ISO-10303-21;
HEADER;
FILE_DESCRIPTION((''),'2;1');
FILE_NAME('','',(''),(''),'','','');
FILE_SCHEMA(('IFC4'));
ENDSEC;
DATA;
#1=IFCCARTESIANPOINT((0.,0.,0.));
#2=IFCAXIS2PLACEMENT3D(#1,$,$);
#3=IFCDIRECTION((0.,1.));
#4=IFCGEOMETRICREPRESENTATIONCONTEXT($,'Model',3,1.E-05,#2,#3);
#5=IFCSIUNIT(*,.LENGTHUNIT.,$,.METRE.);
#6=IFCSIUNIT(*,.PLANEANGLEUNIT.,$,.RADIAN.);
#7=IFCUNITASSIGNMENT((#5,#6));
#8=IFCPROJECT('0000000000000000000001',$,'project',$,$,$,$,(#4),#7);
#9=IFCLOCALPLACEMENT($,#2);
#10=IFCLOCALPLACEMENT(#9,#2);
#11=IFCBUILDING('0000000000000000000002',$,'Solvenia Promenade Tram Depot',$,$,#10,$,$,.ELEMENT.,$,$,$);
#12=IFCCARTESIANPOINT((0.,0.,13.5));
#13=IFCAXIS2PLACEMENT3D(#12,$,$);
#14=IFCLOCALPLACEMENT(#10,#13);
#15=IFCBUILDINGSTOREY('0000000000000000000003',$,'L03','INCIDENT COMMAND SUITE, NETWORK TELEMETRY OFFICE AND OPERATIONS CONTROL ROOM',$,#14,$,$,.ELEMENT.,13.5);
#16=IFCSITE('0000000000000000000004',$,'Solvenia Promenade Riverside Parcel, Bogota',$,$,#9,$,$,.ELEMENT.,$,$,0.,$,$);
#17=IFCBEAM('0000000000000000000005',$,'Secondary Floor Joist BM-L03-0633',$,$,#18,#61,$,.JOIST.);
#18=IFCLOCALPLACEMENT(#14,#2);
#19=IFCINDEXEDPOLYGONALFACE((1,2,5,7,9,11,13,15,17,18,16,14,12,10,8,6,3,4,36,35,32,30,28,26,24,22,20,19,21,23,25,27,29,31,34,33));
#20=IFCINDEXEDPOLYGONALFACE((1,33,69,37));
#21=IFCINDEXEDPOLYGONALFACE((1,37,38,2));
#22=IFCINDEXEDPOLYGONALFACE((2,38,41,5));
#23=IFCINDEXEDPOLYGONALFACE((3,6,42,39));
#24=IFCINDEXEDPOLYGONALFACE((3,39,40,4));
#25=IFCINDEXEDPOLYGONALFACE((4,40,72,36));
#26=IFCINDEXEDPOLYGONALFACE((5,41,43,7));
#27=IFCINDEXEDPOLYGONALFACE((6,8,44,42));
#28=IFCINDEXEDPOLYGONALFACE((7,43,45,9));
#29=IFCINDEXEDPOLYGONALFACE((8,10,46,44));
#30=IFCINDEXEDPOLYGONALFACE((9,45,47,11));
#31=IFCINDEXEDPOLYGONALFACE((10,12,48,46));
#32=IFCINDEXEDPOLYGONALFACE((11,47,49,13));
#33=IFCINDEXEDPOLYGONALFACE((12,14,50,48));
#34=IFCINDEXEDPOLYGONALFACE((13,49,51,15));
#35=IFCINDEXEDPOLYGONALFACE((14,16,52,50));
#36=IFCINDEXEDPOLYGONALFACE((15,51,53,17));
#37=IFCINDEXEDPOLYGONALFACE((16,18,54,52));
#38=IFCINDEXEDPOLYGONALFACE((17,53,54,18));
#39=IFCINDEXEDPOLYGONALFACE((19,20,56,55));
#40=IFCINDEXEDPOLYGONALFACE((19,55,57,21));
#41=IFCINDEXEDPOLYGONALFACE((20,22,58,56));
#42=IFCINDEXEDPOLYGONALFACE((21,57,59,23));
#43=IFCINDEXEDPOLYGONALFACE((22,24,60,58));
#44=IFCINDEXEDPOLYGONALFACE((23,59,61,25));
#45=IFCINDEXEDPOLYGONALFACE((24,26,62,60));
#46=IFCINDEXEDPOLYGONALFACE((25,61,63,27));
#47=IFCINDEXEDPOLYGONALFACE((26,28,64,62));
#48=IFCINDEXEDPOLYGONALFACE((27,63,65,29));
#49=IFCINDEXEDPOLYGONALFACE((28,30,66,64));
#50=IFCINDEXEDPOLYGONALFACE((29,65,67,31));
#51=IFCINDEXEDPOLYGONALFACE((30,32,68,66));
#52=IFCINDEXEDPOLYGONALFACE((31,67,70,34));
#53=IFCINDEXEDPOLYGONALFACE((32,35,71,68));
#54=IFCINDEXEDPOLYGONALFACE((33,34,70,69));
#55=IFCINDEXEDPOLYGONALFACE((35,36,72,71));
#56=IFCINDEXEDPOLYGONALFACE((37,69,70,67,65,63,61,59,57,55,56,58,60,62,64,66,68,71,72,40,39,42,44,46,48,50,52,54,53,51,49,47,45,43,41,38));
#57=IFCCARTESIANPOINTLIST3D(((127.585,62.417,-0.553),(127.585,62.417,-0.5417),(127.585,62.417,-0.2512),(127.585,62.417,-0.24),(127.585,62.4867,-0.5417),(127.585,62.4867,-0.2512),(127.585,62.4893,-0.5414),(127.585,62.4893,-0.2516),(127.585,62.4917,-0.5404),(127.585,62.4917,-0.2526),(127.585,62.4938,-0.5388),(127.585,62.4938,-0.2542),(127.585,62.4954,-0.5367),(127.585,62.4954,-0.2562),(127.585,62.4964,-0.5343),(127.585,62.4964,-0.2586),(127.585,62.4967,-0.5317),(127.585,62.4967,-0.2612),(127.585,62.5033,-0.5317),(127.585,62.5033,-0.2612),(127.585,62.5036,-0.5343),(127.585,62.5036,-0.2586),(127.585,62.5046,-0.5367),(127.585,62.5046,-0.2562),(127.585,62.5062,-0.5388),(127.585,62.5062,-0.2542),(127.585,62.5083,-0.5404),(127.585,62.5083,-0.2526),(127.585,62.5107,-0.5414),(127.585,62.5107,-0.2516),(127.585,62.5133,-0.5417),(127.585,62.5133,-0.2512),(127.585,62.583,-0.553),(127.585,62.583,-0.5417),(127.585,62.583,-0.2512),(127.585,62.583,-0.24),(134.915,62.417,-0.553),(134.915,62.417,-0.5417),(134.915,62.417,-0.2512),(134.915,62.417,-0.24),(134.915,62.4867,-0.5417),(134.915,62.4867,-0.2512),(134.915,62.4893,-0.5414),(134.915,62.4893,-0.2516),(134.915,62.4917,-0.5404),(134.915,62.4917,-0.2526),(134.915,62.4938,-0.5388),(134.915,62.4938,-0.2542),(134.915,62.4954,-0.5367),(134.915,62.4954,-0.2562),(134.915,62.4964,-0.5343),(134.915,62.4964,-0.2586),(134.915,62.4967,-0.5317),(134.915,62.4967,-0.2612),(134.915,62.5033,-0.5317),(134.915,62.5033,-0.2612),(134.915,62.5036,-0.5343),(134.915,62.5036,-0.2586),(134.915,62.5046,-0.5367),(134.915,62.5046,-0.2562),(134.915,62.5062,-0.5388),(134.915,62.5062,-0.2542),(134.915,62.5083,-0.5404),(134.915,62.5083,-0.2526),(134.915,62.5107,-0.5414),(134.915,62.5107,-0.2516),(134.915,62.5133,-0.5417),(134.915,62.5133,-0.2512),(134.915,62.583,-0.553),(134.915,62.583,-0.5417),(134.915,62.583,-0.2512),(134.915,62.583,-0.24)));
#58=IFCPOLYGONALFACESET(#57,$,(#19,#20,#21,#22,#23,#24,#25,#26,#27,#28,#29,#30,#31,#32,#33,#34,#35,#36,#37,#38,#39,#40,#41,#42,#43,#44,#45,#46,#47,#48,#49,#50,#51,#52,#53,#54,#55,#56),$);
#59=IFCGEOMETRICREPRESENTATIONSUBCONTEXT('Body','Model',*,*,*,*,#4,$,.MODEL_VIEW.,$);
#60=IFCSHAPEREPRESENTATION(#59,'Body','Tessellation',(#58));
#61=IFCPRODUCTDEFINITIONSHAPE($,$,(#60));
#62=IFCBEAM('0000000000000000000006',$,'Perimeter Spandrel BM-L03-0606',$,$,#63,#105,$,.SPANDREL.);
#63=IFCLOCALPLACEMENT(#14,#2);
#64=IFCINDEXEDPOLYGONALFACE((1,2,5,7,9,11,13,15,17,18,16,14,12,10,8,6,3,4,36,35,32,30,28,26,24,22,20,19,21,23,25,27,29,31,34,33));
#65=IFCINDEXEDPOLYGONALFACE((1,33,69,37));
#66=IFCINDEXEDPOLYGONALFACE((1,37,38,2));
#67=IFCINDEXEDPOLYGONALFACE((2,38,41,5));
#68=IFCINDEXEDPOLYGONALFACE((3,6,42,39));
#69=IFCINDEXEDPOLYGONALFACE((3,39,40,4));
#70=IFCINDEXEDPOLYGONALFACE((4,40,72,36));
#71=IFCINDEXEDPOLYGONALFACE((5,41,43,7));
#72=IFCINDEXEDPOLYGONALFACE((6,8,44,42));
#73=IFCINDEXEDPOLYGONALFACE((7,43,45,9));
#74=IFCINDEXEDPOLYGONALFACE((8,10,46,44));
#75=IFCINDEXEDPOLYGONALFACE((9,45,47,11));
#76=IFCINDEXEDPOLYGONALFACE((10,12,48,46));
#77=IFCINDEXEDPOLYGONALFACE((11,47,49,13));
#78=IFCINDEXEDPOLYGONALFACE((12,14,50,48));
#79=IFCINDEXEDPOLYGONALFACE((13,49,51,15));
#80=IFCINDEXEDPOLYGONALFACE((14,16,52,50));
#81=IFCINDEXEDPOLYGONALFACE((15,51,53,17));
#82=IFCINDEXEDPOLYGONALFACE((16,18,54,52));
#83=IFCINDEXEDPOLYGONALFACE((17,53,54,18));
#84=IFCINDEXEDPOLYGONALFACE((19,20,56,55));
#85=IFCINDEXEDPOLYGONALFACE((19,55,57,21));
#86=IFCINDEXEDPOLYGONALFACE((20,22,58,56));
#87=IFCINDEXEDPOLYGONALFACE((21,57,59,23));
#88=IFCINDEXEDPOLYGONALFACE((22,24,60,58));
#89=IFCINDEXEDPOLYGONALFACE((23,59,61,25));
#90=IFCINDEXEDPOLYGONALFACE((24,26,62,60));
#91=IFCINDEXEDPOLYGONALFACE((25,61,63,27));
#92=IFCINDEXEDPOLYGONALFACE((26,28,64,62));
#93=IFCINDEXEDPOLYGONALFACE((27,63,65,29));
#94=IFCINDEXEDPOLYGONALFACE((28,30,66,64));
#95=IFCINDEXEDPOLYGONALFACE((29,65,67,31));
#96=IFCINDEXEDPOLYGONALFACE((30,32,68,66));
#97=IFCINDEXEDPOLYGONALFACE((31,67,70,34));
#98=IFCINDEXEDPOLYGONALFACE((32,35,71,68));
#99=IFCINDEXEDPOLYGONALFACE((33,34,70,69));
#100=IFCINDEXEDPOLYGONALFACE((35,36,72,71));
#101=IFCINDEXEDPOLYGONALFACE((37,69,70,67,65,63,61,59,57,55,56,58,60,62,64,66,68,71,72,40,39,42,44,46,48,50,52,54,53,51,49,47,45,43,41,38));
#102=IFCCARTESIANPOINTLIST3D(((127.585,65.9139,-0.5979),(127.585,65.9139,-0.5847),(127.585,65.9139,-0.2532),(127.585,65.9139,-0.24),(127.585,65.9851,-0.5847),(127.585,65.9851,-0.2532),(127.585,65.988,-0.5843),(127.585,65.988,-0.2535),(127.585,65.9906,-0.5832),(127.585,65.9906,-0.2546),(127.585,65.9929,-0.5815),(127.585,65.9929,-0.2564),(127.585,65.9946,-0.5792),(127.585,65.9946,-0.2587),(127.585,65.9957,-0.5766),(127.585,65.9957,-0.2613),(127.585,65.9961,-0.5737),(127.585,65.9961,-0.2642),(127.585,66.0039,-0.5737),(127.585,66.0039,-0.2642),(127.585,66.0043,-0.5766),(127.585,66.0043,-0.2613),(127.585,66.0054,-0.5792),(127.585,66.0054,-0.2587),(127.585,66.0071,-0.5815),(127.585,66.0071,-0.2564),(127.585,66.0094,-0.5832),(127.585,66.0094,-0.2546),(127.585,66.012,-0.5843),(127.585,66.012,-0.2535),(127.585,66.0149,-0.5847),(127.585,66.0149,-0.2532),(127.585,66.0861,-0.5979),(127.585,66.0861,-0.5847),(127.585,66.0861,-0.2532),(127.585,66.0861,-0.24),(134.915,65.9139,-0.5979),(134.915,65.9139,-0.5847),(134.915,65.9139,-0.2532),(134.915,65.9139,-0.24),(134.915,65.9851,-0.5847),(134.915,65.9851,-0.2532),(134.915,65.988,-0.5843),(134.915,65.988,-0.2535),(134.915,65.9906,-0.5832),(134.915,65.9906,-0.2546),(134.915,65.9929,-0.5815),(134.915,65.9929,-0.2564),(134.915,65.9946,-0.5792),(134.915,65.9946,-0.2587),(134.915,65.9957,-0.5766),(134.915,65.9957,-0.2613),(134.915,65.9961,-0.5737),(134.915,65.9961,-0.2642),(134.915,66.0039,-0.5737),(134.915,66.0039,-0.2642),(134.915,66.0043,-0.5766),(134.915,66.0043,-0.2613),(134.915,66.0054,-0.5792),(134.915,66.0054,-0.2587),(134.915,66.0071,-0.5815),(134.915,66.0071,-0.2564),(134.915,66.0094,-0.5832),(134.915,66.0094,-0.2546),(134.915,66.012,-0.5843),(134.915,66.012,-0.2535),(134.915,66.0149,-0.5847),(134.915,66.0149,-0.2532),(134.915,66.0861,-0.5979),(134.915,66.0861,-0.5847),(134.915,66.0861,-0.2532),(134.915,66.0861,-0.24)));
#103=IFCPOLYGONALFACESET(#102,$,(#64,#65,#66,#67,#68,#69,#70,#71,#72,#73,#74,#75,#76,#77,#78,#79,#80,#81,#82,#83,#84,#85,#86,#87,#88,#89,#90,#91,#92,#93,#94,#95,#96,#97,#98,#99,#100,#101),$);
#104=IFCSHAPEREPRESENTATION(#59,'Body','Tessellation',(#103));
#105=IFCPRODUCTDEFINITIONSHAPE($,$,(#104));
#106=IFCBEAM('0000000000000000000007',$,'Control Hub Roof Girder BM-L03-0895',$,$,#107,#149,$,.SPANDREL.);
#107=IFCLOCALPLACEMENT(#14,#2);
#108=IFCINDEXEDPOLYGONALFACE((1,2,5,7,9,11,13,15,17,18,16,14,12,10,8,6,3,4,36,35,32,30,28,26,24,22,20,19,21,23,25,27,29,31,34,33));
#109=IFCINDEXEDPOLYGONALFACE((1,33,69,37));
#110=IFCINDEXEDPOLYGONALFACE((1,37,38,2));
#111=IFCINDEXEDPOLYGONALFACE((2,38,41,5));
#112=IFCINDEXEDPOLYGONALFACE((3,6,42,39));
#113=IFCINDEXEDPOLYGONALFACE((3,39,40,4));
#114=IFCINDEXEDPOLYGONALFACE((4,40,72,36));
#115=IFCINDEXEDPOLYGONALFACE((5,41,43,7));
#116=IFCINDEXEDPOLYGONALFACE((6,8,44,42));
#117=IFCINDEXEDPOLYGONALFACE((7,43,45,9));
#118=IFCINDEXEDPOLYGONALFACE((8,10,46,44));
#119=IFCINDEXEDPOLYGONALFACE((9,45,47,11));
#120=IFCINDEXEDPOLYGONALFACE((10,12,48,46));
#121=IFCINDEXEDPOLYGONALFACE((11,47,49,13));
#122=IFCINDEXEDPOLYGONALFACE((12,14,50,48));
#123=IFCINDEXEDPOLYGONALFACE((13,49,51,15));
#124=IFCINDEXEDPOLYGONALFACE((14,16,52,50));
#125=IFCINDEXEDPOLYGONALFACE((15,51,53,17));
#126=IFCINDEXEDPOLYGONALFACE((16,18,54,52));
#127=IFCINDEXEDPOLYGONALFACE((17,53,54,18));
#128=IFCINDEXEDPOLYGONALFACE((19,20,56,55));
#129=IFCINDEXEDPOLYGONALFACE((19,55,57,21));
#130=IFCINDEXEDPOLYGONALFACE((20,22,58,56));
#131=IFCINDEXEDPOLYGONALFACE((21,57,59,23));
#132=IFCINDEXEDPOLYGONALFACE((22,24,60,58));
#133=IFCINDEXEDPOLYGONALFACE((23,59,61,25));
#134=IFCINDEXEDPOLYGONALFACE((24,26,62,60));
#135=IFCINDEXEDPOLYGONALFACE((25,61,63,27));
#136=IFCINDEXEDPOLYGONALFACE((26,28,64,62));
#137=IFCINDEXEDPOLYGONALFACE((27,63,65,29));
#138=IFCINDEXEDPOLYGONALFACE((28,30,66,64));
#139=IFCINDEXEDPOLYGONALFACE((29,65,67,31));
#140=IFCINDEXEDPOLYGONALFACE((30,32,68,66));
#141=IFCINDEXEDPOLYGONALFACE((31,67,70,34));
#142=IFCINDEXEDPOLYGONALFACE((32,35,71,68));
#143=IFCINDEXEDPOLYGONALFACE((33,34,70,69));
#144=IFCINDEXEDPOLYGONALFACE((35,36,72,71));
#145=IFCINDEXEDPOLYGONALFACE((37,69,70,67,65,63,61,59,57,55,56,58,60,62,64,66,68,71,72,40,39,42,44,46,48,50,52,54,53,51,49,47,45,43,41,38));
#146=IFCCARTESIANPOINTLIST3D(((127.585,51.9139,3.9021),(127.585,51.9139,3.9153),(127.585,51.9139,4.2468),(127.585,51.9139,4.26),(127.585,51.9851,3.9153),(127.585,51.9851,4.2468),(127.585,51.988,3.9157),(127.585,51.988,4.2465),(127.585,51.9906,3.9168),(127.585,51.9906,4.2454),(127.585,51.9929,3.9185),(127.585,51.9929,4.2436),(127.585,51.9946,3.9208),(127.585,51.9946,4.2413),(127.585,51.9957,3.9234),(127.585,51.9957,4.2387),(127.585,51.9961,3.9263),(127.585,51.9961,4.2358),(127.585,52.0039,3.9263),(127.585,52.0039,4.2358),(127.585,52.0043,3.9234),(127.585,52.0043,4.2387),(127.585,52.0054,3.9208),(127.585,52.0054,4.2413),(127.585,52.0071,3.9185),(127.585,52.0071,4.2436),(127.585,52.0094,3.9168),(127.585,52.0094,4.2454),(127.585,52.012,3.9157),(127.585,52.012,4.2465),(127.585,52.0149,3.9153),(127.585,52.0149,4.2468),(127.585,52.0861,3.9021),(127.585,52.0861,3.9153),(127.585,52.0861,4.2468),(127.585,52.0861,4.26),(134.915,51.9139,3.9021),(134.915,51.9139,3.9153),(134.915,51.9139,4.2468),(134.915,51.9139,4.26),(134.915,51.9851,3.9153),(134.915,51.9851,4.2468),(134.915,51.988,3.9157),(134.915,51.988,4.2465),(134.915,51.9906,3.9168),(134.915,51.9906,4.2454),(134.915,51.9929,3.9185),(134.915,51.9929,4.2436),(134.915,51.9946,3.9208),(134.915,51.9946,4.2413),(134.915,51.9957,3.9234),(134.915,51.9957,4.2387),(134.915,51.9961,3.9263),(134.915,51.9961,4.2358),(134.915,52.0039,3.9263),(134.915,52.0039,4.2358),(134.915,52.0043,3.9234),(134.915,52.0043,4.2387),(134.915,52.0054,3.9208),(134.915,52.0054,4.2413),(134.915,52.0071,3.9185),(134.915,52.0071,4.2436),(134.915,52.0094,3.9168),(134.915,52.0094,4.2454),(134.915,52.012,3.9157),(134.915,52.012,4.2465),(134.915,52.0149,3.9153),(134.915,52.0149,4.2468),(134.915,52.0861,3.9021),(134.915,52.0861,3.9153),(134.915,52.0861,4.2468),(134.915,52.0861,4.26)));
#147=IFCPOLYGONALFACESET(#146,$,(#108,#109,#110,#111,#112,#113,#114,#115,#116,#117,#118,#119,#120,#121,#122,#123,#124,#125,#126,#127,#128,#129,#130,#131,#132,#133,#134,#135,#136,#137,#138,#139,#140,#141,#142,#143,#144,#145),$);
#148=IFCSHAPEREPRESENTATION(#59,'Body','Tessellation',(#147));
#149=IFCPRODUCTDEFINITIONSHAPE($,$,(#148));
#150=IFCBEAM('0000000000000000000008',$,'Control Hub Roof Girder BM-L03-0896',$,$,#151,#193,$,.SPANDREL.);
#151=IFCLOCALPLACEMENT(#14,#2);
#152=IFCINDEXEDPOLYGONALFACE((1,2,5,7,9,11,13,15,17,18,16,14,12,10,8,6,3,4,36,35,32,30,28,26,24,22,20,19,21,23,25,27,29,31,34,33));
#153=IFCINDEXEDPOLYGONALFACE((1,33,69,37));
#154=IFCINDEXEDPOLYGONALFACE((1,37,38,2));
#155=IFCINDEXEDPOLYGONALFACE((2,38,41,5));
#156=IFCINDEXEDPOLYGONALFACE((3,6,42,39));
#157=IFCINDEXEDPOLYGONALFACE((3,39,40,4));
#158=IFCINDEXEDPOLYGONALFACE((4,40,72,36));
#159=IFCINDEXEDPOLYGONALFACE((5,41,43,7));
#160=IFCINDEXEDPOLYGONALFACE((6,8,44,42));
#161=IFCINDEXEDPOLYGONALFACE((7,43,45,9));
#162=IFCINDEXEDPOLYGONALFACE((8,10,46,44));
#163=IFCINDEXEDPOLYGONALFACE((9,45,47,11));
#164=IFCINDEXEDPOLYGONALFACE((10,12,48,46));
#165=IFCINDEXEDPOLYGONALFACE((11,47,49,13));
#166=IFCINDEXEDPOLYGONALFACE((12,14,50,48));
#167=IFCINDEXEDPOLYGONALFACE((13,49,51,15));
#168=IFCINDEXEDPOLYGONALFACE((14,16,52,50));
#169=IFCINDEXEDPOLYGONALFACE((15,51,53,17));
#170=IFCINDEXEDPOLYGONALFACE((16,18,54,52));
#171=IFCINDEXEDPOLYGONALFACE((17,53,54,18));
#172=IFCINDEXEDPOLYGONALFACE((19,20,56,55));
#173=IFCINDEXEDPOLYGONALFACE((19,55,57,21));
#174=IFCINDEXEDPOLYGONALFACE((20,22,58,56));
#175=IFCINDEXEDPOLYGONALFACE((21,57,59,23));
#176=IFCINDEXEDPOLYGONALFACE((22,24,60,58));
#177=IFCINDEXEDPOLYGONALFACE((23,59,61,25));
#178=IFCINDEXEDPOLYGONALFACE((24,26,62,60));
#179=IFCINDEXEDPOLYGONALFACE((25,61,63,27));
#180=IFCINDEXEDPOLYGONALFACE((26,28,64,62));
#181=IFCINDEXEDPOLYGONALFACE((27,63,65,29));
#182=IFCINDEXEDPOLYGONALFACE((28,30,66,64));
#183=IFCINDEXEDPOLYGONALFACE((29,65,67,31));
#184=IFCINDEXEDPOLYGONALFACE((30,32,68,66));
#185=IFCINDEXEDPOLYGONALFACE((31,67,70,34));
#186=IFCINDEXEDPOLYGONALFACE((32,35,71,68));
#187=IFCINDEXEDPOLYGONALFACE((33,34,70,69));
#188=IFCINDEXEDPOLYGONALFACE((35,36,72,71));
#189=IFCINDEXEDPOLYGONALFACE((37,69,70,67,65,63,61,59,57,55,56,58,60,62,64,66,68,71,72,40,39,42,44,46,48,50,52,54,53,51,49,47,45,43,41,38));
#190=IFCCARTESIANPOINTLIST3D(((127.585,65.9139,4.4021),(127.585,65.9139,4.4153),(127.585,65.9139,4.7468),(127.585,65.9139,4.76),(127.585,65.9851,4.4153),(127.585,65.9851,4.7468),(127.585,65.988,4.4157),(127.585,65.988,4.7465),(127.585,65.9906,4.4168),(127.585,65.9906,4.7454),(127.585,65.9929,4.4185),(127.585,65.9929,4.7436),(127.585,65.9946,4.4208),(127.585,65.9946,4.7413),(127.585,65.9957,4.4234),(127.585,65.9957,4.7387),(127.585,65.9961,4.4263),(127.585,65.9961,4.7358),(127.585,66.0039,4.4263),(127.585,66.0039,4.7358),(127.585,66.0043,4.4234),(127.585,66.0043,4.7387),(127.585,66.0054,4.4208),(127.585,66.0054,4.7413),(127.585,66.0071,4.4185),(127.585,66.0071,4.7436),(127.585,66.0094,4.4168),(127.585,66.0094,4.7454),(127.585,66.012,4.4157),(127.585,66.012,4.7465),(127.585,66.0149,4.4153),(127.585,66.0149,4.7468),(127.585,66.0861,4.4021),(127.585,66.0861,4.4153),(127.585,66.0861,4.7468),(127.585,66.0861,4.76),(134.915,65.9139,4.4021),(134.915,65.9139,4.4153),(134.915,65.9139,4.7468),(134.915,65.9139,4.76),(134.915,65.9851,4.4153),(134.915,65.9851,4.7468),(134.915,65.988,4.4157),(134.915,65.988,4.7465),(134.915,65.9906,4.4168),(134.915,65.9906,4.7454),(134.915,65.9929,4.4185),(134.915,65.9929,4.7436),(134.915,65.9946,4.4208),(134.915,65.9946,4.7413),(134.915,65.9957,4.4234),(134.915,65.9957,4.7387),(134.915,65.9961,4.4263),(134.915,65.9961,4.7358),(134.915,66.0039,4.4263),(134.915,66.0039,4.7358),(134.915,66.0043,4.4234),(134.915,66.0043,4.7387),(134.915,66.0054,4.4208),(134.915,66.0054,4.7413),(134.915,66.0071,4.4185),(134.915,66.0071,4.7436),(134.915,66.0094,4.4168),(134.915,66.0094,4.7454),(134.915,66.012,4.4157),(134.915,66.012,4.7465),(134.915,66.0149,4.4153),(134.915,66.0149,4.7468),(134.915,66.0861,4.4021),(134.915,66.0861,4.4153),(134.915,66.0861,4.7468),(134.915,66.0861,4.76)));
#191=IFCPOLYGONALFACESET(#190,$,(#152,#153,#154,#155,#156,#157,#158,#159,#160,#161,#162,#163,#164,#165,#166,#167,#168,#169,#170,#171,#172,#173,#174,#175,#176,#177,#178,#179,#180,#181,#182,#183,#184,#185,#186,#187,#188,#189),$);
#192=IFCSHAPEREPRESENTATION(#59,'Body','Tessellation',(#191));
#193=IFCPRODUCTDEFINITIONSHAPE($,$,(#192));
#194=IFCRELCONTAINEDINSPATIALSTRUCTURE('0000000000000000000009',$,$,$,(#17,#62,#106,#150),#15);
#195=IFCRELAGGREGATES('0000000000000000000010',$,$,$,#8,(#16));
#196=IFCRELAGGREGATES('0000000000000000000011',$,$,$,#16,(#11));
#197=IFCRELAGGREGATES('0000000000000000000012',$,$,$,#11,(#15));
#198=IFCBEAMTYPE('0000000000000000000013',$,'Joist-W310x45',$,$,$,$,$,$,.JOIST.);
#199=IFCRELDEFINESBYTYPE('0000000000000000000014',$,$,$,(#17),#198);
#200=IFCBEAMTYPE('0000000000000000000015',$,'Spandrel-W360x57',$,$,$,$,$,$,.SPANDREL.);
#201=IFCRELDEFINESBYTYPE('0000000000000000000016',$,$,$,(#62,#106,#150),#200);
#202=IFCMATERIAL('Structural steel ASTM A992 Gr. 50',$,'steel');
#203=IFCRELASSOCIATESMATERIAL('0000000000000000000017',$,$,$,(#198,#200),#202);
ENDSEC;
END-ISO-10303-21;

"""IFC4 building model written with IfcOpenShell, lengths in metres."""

from ifc_helpers import new_model, si_unit, direction, frame, origin, origin_2d, place, context, subcontext, project, spatial, i_section, extrude, material, material_profile, profile_set, type_object, element, save


model = new_model("IFC4")

# Units and contexts
model_context = context("Model", 3, precision=1e-05, world=origin(), true_north=direction((0.0, 1.0)))
body_context = subcontext(model_context, "Body", "Model", "MODEL_VIEW")
ifc_project = project(units=[si_unit("LENGTHUNIT", "METRE"), si_unit("PLANEANGLEUNIT", "RADIAN")], contexts=[model_context])

# Site, building, storey
site_placement = place(None, origin())
site = spatial("IfcSite", under=ifc_project, at=site_placement, Name="Solvenia Promenade Riverside Parcel, Bogota", CompositionType="ELEMENT", RefElevation=0.0)
building_placement = place(site_placement, origin())
building = spatial("IfcBuilding", under=site, at=building_placement, Name="Solvenia Promenade Tram Depot", CompositionType="ELEMENT")
storey_placement = place(building_placement, frame((0.0, 0.0, 13.5)))
storey = spatial("IfcBuildingStorey", under=building, at=storey_placement, Name="L03", Description="INCIDENT COMMAND SUITE, NETWORK TELEMETRY OFFICE AND OPERATIONS CONTROL ROOM", CompositionType="ELEMENT", Elevation=13.5)

# Shared definitions
ifc_material_1 = material(Name="Structural steel ASTM A992 Gr. 50", Category="steel")

# Beams
ifc_material_profile_1 = material_profile(ifc_material_1, i_section(OverallWidth=0.166, OverallDepth=0.313, WebThickness=0.0066, FlangeThickness=0.0112, FilletRadius=0.01, at=origin_2d()), Name="W310x45", Category="steel")
ifc_profile_set_1 = profile_set([ifc_material_profile_1], Name="Structural steel ASTM A992 Gr. 50")
beam_type_1 = type_object("IfcBeamType", Name="Joist-W310x45", PredefinedType="JOIST", material=ifc_profile_set_1)
for number, where, z_axis, x_axis, name in (
    (1, (127.585, 62.5, -0.3965), (1.0, 0.0, 0.0), (0.0, 1.0, 0.0), "Secondary Floor Joist BM-L03-0633"),
):
    element("IfcBeam", number, at=place(storey_placement, frame(where, z_axis=z_axis, x_axis=x_axis)), inside=storey, type_object=beam_type_1, Name=name, PredefinedType="JOIST", context=body_context, shape_type="SweptSolid", body=[
        extrude(i_section(OverallWidth=0.166, OverallDepth=0.313, WebThickness=0.0066, FlangeThickness=0.0112, FilletRadius=0.01, at=origin_2d()), origin(), (0.0, 0.0, 1.0), 7.3301),
    ])
ifc_material_profile_2 = material_profile(ifc_material_1, i_section(OverallWidth=0.1721, OverallDepth=0.3579, WebThickness=0.0078, FlangeThickness=0.0132, FilletRadius=0.011, at=origin_2d()), Name="W360x57", Category="steel")
ifc_profile_set_2 = profile_set([ifc_material_profile_2], Name="Structural steel ASTM A992 Gr. 50")
beam_type_2 = type_object("IfcBeamType", Name="Spandrel-W360x57", PredefinedType="SPANDREL", material=ifc_profile_set_2)
for number, where, z_axis, x_axis, name in (
    (2, (127.585, 66.0, -0.4189), (1.0, 0.0, 0.0), (0.0, 1.0, 0.0), "Perimeter Spandrel BM-L03-0606"),
    (3, (127.585, 52.0, 4.0811), (1.0, 0.0, 0.0), (0.0, 1.0, 0.0), "Control Hub Roof Girder BM-L03-0895"),
    (4, (127.585, 66.0, 4.5811), (1.0, 0.0, 0.0), (0.0, 1.0, 0.0), "Control Hub Roof Girder BM-L03-0896"),
):
    element("IfcBeam", number, at=place(storey_placement, frame(where, z_axis=z_axis, x_axis=x_axis)), inside=storey, type_object=beam_type_2, Name=name, PredefinedType="SPANDREL", context=body_context, shape_type="SweptSolid", body=[
        extrude(i_section(OverallWidth=0.1721, OverallDepth=0.3579, WebThickness=0.0078, FlangeThickness=0.0132, FilletRadius=0.011, at=origin_2d()), origin(), (0.0, 0.0, 1.0), 7.3301),
    ])

save(model, "model.ifc")
